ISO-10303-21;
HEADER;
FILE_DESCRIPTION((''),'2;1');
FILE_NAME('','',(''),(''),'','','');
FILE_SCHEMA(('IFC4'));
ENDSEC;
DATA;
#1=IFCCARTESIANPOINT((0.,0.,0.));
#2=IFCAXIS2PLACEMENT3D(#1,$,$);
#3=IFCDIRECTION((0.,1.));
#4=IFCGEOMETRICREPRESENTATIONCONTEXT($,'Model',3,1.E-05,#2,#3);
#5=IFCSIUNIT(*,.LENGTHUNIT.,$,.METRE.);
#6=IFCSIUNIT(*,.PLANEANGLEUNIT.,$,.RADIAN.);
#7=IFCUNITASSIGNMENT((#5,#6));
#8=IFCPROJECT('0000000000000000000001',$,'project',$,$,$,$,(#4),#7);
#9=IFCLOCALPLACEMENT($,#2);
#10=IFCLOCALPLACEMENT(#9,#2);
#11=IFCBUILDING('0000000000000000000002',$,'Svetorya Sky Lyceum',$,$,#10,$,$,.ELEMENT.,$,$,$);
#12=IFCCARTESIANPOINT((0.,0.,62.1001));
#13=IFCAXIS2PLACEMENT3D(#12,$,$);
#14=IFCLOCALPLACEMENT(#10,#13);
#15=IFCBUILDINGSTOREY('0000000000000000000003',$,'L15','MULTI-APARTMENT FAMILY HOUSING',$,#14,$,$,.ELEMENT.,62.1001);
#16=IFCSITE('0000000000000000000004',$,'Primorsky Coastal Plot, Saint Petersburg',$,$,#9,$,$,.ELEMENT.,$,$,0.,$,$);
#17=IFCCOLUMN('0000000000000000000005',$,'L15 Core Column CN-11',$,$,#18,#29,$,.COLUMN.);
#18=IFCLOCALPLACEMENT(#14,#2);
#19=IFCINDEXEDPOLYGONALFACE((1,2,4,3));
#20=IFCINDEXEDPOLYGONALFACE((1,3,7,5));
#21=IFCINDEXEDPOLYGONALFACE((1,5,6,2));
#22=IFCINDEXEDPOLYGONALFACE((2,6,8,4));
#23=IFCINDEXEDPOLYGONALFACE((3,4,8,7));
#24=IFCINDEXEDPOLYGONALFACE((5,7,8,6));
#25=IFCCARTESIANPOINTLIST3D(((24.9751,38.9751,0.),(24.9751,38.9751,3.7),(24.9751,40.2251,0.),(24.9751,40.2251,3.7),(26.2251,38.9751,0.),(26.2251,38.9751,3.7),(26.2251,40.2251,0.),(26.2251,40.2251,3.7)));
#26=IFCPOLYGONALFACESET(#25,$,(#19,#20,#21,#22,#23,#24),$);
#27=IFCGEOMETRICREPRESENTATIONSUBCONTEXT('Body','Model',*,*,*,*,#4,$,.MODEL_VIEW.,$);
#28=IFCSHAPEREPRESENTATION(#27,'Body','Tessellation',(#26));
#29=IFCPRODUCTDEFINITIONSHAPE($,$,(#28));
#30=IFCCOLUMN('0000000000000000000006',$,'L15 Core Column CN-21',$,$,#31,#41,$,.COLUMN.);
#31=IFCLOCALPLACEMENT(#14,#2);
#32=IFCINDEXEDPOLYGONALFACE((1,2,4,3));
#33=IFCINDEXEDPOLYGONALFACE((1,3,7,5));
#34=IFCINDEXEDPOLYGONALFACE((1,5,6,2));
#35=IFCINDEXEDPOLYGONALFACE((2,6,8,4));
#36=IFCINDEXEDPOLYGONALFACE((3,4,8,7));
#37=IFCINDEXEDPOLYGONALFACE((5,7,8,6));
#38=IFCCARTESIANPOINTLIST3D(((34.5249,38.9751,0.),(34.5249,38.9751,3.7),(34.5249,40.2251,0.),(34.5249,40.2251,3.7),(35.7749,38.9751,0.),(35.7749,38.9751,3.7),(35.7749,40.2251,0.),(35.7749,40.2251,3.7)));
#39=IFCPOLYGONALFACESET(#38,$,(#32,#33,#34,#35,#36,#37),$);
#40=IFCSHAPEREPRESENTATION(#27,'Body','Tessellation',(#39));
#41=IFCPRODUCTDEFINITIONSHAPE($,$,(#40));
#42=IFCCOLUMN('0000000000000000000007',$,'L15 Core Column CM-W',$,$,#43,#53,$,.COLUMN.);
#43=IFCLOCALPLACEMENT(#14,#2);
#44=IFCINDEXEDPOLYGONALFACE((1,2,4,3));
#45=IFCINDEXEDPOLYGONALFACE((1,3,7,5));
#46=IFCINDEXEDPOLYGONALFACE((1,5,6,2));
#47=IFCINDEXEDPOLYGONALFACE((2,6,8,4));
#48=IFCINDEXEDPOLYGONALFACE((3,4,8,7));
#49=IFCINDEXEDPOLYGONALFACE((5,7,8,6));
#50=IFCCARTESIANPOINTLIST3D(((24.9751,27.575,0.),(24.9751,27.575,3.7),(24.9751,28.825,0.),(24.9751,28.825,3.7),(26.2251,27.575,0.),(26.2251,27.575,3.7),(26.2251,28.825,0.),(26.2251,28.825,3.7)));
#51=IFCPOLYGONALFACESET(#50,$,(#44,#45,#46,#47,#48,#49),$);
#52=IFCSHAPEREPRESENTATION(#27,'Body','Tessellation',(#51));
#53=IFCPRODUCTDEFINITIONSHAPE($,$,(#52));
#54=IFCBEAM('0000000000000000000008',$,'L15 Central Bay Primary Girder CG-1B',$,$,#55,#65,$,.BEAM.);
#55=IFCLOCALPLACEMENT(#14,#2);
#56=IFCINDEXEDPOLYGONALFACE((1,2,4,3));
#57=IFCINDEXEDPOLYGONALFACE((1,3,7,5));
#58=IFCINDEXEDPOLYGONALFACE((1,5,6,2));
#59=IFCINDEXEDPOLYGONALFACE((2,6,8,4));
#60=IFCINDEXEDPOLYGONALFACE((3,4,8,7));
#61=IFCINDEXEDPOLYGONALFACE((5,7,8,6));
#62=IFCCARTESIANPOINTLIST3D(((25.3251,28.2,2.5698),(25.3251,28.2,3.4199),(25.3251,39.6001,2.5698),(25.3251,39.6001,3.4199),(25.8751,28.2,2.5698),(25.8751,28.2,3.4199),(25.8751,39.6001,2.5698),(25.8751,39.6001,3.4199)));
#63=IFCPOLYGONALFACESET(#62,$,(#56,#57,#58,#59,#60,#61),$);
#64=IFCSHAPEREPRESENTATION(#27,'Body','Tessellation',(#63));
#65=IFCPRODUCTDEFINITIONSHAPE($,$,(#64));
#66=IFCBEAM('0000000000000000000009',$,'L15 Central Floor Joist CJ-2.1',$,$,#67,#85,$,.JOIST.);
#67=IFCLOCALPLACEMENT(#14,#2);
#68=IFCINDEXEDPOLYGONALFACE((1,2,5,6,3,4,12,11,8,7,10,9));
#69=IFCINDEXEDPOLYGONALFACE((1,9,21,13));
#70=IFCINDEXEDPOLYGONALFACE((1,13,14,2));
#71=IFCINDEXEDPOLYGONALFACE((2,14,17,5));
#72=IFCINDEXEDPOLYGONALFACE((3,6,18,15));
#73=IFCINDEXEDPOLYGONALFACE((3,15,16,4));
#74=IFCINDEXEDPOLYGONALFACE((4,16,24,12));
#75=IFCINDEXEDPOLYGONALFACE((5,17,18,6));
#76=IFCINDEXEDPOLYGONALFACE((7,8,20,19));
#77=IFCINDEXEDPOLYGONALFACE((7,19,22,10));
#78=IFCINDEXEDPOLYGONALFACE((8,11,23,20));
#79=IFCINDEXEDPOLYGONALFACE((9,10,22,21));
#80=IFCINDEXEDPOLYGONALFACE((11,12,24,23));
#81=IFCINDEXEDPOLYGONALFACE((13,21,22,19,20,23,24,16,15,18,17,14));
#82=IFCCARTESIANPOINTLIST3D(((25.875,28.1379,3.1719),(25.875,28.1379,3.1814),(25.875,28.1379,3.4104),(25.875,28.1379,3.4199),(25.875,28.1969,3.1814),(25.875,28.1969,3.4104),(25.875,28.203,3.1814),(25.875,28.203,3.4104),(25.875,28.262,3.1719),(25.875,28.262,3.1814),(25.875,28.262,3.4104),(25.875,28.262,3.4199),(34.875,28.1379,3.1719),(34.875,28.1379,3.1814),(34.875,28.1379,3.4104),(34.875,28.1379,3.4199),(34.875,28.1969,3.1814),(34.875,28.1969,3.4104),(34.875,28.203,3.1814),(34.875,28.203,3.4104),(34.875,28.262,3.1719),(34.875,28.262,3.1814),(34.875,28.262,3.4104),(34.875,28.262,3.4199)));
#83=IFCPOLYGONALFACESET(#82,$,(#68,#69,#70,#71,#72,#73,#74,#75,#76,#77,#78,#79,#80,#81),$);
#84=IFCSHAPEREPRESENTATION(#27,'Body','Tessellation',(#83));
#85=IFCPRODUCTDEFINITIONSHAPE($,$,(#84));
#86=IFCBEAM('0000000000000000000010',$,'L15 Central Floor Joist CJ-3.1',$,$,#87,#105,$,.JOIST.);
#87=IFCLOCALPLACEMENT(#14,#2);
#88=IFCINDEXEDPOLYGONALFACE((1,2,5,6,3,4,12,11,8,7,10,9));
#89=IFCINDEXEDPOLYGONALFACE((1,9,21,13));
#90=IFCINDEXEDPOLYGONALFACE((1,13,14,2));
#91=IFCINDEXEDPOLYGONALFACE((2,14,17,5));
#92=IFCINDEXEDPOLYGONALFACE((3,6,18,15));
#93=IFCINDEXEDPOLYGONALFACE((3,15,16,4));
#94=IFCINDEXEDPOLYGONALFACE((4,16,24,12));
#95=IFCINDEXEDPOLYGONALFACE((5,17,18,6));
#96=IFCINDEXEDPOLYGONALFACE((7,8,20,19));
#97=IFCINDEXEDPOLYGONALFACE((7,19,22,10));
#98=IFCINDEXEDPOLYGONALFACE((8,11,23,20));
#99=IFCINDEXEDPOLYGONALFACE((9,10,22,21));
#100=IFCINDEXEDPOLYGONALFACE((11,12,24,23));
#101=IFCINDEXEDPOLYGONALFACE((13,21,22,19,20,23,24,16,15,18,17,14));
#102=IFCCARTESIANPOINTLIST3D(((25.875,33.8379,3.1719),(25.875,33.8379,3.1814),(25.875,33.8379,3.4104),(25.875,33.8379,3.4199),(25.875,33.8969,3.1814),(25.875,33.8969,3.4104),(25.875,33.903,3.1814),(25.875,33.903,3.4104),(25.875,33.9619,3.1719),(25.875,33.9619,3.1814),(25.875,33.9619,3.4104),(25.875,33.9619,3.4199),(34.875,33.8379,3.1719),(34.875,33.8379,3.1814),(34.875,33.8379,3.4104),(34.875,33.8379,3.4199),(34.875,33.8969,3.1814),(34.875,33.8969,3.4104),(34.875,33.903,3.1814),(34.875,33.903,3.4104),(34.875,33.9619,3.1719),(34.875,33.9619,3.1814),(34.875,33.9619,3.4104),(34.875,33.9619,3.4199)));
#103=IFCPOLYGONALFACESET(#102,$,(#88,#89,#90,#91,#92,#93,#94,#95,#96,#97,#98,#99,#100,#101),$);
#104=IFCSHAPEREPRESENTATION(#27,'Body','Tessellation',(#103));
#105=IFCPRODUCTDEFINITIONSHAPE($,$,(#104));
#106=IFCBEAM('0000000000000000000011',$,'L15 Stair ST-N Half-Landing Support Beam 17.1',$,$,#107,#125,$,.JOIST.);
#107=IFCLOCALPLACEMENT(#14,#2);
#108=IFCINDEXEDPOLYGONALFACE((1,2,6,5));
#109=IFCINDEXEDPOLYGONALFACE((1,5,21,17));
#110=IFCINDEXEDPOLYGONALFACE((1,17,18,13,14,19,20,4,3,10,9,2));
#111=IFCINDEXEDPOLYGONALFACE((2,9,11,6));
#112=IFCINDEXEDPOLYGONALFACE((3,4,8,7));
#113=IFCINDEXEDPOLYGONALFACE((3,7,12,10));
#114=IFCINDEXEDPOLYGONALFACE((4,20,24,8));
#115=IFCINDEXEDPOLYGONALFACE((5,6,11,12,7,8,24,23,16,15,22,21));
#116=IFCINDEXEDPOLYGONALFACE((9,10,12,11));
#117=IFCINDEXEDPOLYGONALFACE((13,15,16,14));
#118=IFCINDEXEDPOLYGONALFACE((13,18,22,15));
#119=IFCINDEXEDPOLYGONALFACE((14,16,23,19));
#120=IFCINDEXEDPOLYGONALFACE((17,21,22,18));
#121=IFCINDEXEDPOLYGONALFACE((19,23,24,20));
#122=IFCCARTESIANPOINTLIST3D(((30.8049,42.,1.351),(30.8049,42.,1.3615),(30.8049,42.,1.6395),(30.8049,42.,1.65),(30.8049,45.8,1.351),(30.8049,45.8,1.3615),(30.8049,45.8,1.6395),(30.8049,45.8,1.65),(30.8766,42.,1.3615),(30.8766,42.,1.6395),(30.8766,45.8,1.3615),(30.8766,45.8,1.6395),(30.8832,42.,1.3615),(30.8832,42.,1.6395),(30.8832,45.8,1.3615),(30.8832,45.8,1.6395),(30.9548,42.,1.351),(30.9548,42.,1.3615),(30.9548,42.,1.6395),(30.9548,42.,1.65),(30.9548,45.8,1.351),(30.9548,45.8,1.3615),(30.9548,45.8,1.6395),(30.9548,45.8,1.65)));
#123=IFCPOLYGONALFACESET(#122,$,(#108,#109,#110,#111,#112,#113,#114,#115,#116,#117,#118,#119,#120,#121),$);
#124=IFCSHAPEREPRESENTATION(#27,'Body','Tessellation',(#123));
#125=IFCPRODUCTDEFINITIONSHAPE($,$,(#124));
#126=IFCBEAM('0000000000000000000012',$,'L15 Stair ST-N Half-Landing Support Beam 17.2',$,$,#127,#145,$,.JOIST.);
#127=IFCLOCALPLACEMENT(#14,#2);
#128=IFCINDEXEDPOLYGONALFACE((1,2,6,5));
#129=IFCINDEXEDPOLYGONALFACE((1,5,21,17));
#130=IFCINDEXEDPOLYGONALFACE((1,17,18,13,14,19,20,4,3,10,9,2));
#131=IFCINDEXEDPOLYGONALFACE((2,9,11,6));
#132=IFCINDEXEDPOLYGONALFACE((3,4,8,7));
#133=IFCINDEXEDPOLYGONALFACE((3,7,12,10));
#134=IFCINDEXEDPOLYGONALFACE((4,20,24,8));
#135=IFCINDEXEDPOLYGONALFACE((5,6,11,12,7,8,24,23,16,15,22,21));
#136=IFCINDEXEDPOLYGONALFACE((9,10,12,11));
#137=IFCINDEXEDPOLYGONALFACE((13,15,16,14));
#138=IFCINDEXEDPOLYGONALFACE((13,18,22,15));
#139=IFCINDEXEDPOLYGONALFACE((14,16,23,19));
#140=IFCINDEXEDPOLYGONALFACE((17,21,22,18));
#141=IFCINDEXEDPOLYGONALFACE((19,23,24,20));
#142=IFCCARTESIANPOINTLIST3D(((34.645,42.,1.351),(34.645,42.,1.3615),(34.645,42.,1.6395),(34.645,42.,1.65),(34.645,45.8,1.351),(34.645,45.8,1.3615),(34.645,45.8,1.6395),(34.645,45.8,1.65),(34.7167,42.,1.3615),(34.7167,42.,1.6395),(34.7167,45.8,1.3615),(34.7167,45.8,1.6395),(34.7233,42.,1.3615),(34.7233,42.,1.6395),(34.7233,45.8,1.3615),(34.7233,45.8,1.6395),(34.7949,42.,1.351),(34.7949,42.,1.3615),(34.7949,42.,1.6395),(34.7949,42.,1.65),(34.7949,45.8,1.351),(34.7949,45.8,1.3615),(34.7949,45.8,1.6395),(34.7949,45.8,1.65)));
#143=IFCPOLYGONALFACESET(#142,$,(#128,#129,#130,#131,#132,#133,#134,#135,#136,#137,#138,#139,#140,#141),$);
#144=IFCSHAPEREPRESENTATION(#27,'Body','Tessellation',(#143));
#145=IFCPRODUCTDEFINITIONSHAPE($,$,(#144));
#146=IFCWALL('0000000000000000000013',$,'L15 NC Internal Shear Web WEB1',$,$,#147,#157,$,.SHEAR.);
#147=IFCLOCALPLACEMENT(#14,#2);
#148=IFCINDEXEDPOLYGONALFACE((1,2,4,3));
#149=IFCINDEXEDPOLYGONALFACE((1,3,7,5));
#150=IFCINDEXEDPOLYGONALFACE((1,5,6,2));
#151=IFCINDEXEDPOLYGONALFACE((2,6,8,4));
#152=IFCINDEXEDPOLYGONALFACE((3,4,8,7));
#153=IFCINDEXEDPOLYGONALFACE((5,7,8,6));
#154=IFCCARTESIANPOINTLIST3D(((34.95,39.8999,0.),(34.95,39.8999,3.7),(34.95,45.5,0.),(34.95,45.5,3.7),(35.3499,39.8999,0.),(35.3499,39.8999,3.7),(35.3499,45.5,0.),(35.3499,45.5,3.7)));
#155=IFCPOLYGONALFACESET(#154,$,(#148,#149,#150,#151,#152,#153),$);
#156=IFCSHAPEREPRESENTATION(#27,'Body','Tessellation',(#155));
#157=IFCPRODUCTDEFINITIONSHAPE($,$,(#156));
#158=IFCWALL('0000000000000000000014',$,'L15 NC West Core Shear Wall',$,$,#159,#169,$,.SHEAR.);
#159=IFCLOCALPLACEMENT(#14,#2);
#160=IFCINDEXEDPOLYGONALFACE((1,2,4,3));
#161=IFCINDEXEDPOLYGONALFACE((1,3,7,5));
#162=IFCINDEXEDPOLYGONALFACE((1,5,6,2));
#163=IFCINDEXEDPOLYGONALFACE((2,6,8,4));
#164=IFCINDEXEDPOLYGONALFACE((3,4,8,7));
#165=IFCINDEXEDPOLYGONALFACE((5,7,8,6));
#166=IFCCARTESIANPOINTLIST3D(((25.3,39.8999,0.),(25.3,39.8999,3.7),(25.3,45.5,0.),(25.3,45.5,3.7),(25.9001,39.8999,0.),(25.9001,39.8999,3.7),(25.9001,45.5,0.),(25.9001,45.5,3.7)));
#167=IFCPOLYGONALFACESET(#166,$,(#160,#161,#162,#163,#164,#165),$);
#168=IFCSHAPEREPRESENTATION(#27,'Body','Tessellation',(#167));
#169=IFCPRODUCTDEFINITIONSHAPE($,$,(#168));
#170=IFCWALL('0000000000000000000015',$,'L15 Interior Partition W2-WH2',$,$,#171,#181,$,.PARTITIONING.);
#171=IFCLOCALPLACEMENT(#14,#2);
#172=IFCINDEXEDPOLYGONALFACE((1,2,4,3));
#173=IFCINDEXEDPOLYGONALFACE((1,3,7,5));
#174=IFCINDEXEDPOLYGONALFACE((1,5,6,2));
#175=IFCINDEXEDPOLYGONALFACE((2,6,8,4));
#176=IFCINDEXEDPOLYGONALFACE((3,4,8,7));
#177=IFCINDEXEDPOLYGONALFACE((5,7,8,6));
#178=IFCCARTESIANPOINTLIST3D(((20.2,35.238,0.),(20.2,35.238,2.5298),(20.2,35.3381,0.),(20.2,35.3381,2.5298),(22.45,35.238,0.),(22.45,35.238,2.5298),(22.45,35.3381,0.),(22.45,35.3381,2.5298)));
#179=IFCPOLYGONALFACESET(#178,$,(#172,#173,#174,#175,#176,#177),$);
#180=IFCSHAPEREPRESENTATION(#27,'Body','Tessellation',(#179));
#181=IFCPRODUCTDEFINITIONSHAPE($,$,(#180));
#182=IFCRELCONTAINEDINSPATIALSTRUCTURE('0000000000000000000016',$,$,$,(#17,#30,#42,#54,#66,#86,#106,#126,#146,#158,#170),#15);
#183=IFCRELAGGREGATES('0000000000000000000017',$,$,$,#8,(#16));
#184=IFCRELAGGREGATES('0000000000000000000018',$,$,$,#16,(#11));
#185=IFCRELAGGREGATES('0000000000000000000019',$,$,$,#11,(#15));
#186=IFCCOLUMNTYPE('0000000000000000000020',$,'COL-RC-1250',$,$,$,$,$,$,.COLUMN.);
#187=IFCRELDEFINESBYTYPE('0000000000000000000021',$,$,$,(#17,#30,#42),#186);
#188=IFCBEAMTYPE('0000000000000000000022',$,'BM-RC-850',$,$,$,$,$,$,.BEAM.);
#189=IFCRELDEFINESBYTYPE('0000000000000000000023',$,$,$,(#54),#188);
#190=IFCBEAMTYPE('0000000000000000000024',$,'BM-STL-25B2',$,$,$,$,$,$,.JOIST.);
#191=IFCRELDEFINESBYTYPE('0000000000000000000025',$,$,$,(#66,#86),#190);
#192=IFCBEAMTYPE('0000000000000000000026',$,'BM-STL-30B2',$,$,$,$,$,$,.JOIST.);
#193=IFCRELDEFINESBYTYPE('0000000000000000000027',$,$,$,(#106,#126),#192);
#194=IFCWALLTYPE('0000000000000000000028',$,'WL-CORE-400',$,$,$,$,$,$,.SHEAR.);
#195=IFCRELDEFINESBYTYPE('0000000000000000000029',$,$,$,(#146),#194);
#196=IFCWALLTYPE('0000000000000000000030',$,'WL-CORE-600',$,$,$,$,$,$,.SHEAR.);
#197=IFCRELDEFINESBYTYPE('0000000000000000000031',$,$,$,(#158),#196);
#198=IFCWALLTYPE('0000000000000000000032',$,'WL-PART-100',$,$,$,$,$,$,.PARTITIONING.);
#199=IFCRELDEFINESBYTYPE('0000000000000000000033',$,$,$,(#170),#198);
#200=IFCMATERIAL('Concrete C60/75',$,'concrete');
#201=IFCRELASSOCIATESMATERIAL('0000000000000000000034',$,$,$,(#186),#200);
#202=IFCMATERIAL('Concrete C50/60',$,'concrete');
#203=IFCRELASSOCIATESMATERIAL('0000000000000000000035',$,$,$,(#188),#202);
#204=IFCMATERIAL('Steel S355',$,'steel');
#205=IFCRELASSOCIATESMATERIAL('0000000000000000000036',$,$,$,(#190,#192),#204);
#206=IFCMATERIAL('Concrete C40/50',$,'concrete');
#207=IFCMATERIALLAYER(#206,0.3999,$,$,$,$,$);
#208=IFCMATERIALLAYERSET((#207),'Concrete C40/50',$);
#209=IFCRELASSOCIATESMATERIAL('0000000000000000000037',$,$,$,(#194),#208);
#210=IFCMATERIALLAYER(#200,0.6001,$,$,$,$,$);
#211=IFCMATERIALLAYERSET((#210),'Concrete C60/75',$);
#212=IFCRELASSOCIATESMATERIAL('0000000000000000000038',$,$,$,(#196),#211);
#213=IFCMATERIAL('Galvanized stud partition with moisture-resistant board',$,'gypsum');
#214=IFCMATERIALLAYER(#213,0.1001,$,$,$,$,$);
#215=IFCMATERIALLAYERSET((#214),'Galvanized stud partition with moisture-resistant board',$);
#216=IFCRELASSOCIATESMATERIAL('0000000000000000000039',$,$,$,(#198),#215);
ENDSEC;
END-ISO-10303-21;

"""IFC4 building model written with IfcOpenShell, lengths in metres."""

from ifc_helpers import new_model, si_unit, direction, frame, frame_2d, origin, origin_2d, place, context, subcontext, project, spatial, rectangle, i_section, extrude, material, layer, layer_set, material_profile, profile_set, type_object, element, save


model = new_model("IFC4")

# Units and contexts
model_context = context("Model", 3, precision=1e-05, world=origin(), true_north=direction((0.0, 1.0)))
body_context = subcontext(model_context, "Body", "Model", "MODEL_VIEW")
ifc_project = project(units=[si_unit("LENGTHUNIT", "METRE"), si_unit("PLANEANGLEUNIT", "RADIAN")], contexts=[model_context])

# Site, building, storey
site_placement = place(None, origin())
site = spatial("IfcSite", under=ifc_project, at=site_placement, Name="Primorsky Coastal Plot, Saint Petersburg", CompositionType="ELEMENT", RefElevation=0.0)
building_placement = place(site_placement, origin())
building = spatial("IfcBuilding", under=site, at=building_placement, Name="Svetorya Sky Lyceum", CompositionType="ELEMENT")
storey_placement = place(building_placement, frame((0.0, 0.0, 62.1001)))
storey = spatial("IfcBuildingStorey", under=building, at=storey_placement, Name="L15", Description="MULTI-APARTMENT FAMILY HOUSING", CompositionType="ELEMENT", Elevation=62.1001)

# Columns
ifc_material_1 = material(Name="Concrete C60/75", Category="concrete")
ifc_material_profile_1 = material_profile(ifc_material_1, rectangle(XDim=1.25, YDim=1.25, at=origin_2d()), Name="RC COL 1250x1250")
ifc_profile_set_1 = profile_set([ifc_material_profile_1], Name="Concrete C60/75")
column_type = type_object("IfcColumnType", Name="COL-RC-1250", PredefinedType="COLUMN", material=ifc_profile_set_1)
for number, where, z_axis, x_axis, name in (
    (1, (25.6001, 39.6001, 0.0), (0.0, 0.0, 1.0), (1.0, 0.0, 0.0), "L15 Core Column CN-11"),
    (2, (35.1499, 39.6001, 0.0), (0.0, 0.0, 1.0), (1.0, 0.0, 0.0), "L15 Core Column CN-21"),
    (3, (25.6001, 28.2, 0.0), (0.0, 0.0, 1.0), (1.0, 0.0, 0.0), "L15 Core Column CM-W"),
):
    element("IfcColumn", number, at=place(storey_placement, frame(where, z_axis=z_axis, x_axis=x_axis)), inside=storey, type_object=column_type, Name=name, PredefinedType="COLUMN", context=body_context, shape_type="SweptSolid", body=[
        extrude(rectangle(XDim=1.25, YDim=1.25, at=origin_2d()), origin(), (0.0, 0.0, 1.0), 3.7),
    ])

# Beams
ifc_material_2 = material(Name="Concrete C50/60", Category="concrete")
ifc_material_profile_2 = material_profile(ifc_material_2, rectangle(XDim=0.55, YDim=0.8501, at=origin_2d()), Name="RC BEAM 550x850")
ifc_profile_set_2 = profile_set([ifc_material_profile_2], Name="Concrete C50/60")
beam_type_1 = type_object("IfcBeamType", Name="BM-RC-850", PredefinedType="BEAM", material=ifc_profile_set_2)
beam_placement = place(storey_placement, frame((25.6001, 28.2, 2.9949), z_axis=(0.0, 1.0, 0.0), x_axis=(-1.0, 0.0, 0.0)))
element("IfcBeam", 4, at=beam_placement, inside=storey, type_object=beam_type_1, Name="L15 Central Bay Primary Girder CG-1B", PredefinedType="BEAM", context=body_context, shape_type="SweptSolid", body=[
    extrude(rectangle(XDim=0.55, YDim=0.8501, at=origin_2d()), origin(), (0.0, 0.0, 1.0), 11.4001),
])
ifc_material_3 = material(Name="Steel S355", Category="steel")
ifc_material_profile_3 = material_profile(ifc_material_3, i_section(OverallWidth=0.124, OverallDepth=0.248, WebThickness=0.0061, FlangeThickness=0.0095, at=origin_2d()), Name="GOST 25B2")
ifc_profile_set_3 = profile_set([ifc_material_profile_3], Name="Steel S355")
beam_type_2 = type_object("IfcBeamType", Name="BM-STL-25B2", PredefinedType="JOIST", material=ifc_profile_set_3)
for number, where, z_axis, x_axis, name in (
    (5, (25.875, 28.2, 3.2959), (1.0, 0.0, 0.0), (0.0, 1.0, 0.0), "L15 Central Floor Joist CJ-2.1"),
    (6, (25.875, 33.8999, 3.2959), (1.0, 0.0, 0.0), (0.0, 1.0, 0.0), "L15 Central Floor Joist CJ-3.1"),
):
    element("IfcBeam", number, at=place(storey_placement, frame(where, z_axis=z_axis, x_axis=x_axis)), inside=storey, type_object=beam_type_2, Name=name, PredefinedType="JOIST", context=body_context, shape_type="SweptSolid", body=[
        extrude(i_section(OverallWidth=0.124, OverallDepth=0.248, WebThickness=0.0061, FlangeThickness=0.0095, at=origin_2d()), origin(), (0.0, 0.0, 1.0), 9.0),
    ])
ifc_material_profile_4 = material_profile(ifc_material_3, i_section(OverallWidth=0.1499, OverallDepth=0.2991, WebThickness=0.0066, FlangeThickness=0.0105, at=origin_2d()), Name="GOST 30B2")
ifc_profile_set_4 = profile_set([ifc_material_profile_4], Name="Steel S355")
beam_type_3 = type_object("IfcBeamType", Name="BM-STL-30B2", PredefinedType="JOIST", material=ifc_profile_set_4)
for number, where, z_axis, x_axis, name in (
    (7, (30.8799, 42.0, 1.5005), (0.0, 1.0, 0.0), (-1.0, 0.0, 0.0), "L15 Stair ST-N Half-Landing Support Beam 17.1"),
    (8, (34.72, 42.0, 1.5005), (0.0, 1.0, 0.0), (-1.0, 0.0, 0.0), "L15 Stair ST-N Half-Landing Support Beam 17.2"),
):
    element("IfcBeam", number, at=place(storey_placement, frame(where, z_axis=z_axis, x_axis=x_axis)), inside=storey, type_object=beam_type_3, Name=name, PredefinedType="JOIST", context=body_context, shape_type="SweptSolid", body=[
        extrude(i_section(OverallWidth=0.1499, OverallDepth=0.2991, WebThickness=0.0066, FlangeThickness=0.0105, at=origin_2d()), origin(), (0.0, 0.0, 1.0), 3.8),
    ])

# Walls
ifc_material_4 = material(Name="Concrete C40/50", Category="concrete")
ifc_layer_1 = layer(ifc_material_4, 0.3999)
ifc_layer_set_1 = layer_set([ifc_layer_1], Name="Concrete C40/50")
wall_type_1 = type_object("IfcWallType", Name="WL-CORE-400", PredefinedType="SHEAR", material=ifc_layer_set_1)
wall_1_placement = place(storey_placement, frame((35.1499, 39.8999, 0.0), z_axis=(0.0, 0.0, 1.0), x_axis=(0.0, 1.0, 0.0)))
element("IfcWall", 9, at=wall_1_placement, inside=storey, type_object=wall_type_1, Name="L15 NC Internal Shear Web WEB1", PredefinedType="SHEAR", context=body_context, shape_type="SweptSolid", body=[
    extrude(rectangle(XDim=5.6001, YDim=0.3999, at=frame_2d((2.8, 0.0))), origin(), (0.0, 0.0, 1.0), 3.7),
])
ifc_layer_2 = layer(ifc_material_1, 0.6001)
ifc_layer_set_2 = layer_set([ifc_layer_2], Name="Concrete C60/75")
wall_type_2 = type_object("IfcWallType", Name="WL-CORE-600", PredefinedType="SHEAR", material=ifc_layer_set_2)
wall_2_placement = place(storey_placement, frame((25.6001, 39.8999, 0.0), z_axis=(0.0, 0.0, 1.0), x_axis=(0.0, 1.0, 0.0)))
element("IfcWall", 10, at=wall_2_placement, inside=storey, type_object=wall_type_2, Name="L15 NC West Core Shear Wall", PredefinedType="SHEAR", context=body_context, shape_type="SweptSolid", body=[
    extrude(rectangle(XDim=5.6001, YDim=0.6001, at=frame_2d((2.8, 0.0))), origin(), (0.0, 0.0, 1.0), 3.7),
])
ifc_material_5 = material(Name="Galvanized stud partition with moisture-resistant board", Category="gypsum")
ifc_layer_3 = layer(ifc_material_5, 0.1001)
ifc_layer_set_3 = layer_set([ifc_layer_3], Name="Galvanized stud partition with moisture-resistant board")
wall_type_3 = type_object("IfcWallType", Name="WL-PART-100", PredefinedType="PARTITIONING", material=ifc_layer_set_3)
wall_3_placement = place(storey_placement, frame((20.2, 35.2881, 0.0), z_axis=(0.0, 0.0, 1.0), x_axis=(1.0, 0.0, 0.0)))
element("IfcWall", 11, at=wall_3_placement, inside=storey, type_object=wall_type_3, Name="L15 Interior Partition W2-WH2", PredefinedType="PARTITIONING", context=body_context, shape_type="SweptSolid", body=[
    extrude(rectangle(XDim=2.25, YDim=0.1001, at=frame_2d((1.125, 0.0))), origin(), (0.0, 0.0, 1.0), 2.5298),
])

save(model, "model.ifc")
